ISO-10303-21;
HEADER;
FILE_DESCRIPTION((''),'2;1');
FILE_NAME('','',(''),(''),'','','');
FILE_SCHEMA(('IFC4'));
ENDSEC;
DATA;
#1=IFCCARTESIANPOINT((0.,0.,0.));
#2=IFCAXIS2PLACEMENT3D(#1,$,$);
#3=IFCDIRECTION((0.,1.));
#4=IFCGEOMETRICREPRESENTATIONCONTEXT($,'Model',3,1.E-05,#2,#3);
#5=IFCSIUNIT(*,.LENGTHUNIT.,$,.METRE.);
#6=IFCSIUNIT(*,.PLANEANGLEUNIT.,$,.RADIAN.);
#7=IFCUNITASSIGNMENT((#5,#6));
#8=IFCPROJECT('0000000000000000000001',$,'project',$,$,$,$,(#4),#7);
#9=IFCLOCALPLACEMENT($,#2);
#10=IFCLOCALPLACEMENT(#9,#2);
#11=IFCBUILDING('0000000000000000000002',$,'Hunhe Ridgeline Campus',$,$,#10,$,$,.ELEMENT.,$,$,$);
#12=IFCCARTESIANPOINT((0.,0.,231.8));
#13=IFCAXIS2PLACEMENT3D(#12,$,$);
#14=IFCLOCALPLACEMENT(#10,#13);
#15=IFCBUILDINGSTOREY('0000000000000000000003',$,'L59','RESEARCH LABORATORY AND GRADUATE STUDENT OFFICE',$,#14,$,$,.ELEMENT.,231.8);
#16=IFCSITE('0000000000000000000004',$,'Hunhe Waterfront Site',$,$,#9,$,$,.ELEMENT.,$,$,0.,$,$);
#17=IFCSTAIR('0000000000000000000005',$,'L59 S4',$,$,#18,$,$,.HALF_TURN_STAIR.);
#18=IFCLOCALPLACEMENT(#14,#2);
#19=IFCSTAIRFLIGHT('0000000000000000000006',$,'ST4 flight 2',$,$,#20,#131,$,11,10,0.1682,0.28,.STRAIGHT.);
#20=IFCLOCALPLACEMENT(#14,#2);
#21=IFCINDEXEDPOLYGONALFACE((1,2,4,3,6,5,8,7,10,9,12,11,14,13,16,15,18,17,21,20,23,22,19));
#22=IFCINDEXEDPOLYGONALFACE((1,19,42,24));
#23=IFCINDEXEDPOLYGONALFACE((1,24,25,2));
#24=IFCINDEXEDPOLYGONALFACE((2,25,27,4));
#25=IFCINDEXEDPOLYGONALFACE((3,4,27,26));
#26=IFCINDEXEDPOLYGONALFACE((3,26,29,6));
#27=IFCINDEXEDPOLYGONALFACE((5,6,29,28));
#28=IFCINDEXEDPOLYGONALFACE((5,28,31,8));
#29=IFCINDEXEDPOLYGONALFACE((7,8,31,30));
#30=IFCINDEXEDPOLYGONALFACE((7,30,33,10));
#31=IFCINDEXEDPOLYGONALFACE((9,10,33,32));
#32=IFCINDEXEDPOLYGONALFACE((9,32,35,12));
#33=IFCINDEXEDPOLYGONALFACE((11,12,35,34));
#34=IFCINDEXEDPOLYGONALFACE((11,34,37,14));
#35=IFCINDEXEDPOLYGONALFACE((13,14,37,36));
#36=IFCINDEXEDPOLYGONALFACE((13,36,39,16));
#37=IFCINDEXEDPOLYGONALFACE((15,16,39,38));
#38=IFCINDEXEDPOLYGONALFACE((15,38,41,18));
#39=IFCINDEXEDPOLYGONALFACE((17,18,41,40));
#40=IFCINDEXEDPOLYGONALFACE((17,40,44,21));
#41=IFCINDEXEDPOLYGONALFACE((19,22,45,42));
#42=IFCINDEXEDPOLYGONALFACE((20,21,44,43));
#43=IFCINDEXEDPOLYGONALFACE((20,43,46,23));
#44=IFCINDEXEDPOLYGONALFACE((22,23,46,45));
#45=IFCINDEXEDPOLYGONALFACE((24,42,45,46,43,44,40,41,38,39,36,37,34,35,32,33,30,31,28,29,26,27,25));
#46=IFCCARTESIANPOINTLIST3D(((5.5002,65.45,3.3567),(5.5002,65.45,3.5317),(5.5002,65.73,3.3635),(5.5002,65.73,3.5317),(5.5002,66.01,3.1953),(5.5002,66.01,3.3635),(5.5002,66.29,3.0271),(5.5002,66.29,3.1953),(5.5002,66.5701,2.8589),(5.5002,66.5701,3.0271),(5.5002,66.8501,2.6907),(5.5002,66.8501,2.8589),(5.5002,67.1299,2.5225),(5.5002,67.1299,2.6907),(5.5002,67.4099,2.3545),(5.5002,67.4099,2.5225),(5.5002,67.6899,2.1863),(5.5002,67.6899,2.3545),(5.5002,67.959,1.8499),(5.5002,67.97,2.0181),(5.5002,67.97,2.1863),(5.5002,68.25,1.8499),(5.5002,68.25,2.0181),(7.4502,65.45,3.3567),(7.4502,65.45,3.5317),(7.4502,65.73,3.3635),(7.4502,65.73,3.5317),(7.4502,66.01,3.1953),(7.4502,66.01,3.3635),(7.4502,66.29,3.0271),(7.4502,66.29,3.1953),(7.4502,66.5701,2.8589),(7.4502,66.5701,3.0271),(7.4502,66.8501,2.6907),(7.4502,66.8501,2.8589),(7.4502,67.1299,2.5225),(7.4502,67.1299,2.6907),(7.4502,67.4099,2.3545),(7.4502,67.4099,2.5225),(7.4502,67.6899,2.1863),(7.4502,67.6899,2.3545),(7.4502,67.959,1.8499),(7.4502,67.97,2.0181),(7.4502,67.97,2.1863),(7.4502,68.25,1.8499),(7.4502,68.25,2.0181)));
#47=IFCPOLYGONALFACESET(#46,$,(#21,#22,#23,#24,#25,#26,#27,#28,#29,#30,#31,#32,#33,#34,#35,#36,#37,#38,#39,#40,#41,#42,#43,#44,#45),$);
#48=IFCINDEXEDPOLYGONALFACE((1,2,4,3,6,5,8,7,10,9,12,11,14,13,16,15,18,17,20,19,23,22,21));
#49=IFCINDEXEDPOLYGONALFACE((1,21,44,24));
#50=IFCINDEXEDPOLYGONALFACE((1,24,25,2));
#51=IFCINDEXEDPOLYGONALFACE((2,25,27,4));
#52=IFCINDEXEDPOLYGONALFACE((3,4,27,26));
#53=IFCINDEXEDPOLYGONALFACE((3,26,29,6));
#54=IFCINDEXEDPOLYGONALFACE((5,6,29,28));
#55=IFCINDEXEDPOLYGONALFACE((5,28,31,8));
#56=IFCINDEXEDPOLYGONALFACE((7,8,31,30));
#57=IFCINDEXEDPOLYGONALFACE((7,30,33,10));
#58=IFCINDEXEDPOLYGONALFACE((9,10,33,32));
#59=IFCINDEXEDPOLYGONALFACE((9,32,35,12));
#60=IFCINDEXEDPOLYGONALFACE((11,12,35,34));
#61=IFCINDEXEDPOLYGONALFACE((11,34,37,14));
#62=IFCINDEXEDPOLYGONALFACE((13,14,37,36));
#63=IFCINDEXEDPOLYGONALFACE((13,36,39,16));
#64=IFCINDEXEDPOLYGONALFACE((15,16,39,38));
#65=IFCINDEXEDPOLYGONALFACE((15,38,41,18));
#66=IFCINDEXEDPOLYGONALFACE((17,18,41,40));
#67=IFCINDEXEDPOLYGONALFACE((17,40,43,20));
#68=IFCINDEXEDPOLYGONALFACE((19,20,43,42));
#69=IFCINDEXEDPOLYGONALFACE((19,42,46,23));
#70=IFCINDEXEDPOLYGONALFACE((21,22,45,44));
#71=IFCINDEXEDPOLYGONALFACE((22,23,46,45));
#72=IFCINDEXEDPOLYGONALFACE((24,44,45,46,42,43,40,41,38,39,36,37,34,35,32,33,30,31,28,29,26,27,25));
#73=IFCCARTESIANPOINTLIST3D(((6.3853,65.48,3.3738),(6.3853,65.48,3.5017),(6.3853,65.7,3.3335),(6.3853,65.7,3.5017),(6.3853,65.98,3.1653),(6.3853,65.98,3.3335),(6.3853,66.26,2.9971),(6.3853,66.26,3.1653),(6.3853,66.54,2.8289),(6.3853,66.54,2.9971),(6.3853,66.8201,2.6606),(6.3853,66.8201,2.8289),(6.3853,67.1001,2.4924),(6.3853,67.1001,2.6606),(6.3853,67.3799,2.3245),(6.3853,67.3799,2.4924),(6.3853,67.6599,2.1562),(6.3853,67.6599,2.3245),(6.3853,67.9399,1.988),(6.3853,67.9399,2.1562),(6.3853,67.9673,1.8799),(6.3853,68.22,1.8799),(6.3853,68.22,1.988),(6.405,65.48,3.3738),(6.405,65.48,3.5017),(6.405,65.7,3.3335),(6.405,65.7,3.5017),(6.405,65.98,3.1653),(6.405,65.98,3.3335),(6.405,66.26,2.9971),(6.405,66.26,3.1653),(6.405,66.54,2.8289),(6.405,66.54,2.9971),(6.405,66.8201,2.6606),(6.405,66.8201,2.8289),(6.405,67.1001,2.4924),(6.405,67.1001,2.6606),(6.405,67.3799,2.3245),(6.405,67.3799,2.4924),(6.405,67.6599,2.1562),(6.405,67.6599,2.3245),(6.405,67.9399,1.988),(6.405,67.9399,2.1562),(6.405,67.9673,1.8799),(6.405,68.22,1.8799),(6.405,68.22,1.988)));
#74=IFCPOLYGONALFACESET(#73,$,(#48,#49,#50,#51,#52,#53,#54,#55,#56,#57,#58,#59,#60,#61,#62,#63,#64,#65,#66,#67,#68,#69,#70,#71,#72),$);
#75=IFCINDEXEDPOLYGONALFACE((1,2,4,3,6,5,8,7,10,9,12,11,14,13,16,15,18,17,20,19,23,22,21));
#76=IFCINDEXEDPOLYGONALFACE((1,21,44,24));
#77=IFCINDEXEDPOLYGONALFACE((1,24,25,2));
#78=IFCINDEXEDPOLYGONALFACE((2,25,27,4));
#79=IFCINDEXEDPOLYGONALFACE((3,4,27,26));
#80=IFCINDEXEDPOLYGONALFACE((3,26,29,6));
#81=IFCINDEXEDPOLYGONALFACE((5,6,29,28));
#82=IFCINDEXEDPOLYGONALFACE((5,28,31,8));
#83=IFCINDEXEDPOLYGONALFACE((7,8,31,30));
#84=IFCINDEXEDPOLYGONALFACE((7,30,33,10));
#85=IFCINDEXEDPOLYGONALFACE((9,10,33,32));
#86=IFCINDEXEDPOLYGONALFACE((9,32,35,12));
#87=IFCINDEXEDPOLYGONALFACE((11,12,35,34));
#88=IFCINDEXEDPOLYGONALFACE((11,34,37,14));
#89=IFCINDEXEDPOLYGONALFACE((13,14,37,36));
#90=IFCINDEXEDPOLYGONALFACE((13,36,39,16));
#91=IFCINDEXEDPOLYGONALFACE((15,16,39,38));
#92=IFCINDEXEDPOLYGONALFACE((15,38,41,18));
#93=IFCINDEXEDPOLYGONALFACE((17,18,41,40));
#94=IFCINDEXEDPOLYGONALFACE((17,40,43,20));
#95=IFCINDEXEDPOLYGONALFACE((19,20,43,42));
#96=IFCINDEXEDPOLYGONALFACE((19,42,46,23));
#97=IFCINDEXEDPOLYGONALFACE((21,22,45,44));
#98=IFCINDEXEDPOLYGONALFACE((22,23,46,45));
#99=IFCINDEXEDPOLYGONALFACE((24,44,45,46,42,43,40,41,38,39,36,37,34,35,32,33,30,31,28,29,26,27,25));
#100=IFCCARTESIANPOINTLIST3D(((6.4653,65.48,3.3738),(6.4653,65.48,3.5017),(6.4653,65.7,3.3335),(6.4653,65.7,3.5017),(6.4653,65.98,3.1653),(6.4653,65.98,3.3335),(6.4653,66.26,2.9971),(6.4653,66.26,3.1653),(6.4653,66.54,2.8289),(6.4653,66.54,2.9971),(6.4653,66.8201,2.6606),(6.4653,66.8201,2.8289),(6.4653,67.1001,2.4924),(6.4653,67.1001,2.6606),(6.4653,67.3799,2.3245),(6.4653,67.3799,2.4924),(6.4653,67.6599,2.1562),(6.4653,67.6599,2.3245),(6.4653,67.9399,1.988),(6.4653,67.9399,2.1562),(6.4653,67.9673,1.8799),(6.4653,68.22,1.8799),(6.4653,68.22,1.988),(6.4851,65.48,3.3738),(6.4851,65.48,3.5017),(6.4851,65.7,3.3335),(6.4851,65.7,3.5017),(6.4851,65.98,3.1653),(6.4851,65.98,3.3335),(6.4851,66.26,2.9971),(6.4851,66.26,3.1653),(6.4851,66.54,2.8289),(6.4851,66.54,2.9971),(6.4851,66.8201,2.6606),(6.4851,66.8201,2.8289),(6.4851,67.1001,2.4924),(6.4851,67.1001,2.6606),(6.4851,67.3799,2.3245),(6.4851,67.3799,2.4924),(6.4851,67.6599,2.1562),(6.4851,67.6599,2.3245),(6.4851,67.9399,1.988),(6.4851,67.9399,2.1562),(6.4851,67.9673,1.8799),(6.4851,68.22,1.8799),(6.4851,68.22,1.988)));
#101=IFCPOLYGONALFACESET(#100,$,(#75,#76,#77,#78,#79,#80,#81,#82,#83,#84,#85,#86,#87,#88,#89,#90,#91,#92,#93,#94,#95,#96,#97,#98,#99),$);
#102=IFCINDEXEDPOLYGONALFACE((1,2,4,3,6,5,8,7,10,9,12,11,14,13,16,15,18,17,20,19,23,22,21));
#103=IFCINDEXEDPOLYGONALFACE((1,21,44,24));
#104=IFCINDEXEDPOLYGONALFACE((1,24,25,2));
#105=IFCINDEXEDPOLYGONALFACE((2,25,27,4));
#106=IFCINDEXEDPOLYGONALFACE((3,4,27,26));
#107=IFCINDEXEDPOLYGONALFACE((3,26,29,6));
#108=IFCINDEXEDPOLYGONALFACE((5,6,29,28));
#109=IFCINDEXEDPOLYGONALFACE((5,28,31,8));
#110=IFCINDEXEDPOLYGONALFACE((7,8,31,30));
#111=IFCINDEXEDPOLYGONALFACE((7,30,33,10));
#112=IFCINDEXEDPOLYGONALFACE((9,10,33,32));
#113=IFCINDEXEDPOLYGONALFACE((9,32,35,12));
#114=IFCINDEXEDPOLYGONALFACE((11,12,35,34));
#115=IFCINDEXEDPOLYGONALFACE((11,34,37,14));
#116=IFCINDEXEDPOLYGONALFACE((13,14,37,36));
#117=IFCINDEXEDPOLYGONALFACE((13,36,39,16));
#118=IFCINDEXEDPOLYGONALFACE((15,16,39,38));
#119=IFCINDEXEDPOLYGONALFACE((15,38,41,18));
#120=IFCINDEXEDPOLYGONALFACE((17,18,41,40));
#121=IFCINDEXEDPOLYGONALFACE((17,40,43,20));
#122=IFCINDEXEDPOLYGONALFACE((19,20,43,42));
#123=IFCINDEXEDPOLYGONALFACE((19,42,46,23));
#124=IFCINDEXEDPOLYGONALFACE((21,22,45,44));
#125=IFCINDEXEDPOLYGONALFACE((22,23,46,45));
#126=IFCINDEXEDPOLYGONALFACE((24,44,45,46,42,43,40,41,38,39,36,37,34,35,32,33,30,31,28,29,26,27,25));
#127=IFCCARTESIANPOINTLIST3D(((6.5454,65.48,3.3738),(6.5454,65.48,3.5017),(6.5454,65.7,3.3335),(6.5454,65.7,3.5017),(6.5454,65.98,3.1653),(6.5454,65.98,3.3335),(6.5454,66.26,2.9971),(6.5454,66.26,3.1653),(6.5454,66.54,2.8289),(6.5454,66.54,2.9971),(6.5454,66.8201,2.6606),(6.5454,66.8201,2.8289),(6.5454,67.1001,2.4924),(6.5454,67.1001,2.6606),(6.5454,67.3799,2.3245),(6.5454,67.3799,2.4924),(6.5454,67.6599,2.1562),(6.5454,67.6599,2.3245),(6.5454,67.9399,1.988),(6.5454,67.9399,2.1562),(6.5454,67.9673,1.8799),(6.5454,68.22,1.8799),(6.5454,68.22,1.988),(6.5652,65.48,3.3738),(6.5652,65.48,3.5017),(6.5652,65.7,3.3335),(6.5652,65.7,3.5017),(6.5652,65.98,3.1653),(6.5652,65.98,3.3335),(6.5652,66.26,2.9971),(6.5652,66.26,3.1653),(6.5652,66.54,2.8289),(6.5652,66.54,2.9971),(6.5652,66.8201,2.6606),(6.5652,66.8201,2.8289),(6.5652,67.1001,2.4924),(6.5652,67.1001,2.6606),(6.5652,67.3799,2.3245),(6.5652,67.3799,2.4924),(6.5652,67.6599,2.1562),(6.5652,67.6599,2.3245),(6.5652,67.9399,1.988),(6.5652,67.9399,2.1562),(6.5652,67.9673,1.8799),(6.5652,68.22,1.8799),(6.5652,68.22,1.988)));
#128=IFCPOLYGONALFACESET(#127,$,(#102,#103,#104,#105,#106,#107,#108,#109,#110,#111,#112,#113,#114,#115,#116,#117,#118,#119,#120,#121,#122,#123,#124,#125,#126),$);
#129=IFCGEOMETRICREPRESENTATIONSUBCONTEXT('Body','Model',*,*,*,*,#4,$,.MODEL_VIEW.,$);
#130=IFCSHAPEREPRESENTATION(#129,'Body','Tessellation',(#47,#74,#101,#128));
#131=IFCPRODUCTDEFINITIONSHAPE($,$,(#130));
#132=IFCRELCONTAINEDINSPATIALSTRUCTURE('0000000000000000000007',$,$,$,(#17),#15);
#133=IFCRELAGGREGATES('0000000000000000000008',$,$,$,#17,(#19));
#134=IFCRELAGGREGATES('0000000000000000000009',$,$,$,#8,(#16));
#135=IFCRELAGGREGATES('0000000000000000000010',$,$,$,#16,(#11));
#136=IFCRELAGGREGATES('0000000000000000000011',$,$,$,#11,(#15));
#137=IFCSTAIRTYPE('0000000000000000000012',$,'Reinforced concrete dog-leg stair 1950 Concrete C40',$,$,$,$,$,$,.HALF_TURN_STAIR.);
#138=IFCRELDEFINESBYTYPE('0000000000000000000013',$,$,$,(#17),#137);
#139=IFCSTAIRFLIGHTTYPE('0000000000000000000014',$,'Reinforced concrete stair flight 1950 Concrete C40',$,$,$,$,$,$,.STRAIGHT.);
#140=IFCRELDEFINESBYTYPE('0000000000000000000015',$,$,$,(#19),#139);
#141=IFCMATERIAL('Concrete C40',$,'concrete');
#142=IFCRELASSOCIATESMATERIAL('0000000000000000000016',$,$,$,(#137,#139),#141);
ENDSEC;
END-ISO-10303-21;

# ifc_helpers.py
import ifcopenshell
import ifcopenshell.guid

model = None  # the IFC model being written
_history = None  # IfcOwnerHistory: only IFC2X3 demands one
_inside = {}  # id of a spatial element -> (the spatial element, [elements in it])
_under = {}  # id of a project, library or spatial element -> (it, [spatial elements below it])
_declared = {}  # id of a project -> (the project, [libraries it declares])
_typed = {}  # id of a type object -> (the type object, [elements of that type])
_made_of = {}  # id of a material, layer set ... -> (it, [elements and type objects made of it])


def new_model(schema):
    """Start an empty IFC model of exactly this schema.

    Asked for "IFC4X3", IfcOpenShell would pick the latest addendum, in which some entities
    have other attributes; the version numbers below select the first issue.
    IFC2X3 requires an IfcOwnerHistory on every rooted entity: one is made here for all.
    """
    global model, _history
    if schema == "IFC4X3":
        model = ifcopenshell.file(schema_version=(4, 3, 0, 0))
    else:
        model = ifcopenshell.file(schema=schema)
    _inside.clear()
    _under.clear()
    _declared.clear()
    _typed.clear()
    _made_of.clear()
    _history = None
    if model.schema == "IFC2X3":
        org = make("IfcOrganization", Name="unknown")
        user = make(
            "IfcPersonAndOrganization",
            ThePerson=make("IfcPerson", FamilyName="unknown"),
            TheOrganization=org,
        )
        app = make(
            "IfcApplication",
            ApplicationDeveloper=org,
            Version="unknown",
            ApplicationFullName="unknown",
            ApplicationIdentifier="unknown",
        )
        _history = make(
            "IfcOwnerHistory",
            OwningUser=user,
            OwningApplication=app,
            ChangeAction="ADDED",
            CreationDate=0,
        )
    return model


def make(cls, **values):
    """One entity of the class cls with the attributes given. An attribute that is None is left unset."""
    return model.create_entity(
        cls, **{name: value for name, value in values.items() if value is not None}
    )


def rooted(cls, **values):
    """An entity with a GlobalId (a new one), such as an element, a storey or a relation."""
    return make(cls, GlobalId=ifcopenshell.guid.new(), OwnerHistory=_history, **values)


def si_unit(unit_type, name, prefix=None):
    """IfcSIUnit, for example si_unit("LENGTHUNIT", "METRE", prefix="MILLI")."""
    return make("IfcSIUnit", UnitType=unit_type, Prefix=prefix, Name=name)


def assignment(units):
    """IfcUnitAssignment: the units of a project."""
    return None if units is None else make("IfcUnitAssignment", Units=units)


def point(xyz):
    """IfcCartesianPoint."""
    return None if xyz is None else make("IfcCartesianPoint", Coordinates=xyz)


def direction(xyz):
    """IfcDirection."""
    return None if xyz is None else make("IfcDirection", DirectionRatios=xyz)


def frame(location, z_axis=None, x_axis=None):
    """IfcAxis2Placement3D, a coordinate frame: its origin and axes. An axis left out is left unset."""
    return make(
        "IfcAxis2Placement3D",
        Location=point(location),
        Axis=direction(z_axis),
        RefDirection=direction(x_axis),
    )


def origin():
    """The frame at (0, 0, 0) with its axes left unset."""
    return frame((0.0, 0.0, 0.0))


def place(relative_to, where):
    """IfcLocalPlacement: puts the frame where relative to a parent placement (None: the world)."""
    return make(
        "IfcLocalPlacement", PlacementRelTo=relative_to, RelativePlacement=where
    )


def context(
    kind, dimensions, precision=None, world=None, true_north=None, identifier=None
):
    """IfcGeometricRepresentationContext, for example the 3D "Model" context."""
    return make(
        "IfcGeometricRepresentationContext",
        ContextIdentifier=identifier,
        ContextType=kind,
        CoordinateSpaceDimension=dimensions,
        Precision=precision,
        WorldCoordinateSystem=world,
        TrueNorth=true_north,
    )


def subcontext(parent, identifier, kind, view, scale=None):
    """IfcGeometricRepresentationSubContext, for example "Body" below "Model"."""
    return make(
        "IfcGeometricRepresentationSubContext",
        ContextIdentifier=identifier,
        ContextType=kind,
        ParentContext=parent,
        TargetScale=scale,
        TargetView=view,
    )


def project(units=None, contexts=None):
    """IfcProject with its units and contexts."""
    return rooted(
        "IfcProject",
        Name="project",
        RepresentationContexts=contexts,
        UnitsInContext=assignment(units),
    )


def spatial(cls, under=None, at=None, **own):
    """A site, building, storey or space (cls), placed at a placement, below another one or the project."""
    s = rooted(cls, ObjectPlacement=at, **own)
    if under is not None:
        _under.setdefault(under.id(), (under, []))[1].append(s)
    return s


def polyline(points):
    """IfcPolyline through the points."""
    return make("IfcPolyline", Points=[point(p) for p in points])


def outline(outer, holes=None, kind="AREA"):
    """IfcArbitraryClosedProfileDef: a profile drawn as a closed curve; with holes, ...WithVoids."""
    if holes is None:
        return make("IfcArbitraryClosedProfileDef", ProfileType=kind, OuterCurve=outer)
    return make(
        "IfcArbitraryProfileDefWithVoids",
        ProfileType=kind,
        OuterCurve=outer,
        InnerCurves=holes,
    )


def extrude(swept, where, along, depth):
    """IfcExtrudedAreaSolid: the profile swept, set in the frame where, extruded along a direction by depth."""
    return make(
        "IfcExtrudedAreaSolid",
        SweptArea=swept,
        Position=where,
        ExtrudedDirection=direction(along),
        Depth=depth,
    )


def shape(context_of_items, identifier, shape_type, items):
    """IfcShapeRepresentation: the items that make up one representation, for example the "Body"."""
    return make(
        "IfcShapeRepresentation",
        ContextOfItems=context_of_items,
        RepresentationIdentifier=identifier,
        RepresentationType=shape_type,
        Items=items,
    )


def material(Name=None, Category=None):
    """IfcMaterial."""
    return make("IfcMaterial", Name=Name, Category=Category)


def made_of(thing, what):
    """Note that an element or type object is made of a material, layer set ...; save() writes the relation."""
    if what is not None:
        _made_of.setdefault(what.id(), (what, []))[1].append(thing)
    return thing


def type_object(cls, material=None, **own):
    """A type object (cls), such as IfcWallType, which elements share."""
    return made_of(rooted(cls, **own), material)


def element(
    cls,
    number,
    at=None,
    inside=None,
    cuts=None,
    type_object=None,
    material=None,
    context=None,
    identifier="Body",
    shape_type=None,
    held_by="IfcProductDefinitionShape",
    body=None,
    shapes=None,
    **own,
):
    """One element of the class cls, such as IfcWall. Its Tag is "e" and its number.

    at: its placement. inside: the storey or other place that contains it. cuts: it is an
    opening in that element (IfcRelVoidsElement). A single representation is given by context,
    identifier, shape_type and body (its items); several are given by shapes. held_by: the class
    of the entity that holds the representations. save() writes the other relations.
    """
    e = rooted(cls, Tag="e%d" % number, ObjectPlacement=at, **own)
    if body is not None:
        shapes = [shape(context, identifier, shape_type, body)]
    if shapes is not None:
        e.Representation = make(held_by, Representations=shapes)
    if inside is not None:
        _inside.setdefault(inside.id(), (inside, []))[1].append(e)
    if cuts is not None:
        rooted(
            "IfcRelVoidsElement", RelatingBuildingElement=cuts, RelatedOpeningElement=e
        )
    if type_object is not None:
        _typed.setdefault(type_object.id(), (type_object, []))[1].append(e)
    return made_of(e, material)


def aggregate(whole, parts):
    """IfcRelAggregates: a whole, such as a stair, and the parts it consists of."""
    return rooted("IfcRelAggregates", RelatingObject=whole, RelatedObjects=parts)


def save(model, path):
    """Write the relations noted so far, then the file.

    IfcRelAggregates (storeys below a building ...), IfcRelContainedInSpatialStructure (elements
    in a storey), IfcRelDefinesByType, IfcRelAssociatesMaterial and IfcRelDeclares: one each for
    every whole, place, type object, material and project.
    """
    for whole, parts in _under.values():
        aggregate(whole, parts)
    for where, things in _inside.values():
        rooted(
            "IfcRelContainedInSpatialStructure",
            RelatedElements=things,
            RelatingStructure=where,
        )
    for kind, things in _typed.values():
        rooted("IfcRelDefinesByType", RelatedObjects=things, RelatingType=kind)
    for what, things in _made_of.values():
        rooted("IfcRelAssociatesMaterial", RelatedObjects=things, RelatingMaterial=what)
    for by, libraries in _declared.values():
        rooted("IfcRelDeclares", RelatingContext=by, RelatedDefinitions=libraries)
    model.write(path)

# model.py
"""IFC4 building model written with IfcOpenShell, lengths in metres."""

from ifc_helpers import new_model, si_unit, direction, frame, origin, place, context, subcontext, project, spatial, polyline, outline, extrude, material, type_object, element, aggregate, save


model = new_model("IFC4")

# Units and contexts
model_context = context("Model", 3, precision=1e-05, world=origin(), true_north=direction((0.0, 1.0)))
body_context = subcontext(model_context, "Body", "Model", "MODEL_VIEW")
ifc_project = project(units=[si_unit("LENGTHUNIT", "METRE"), si_unit("PLANEANGLEUNIT", "RADIAN")], contexts=[model_context])

# Site, building, storey
site_placement = place(None, origin())
site = spatial("IfcSite", under=ifc_project, at=site_placement, Name="Hunhe Waterfront Site", CompositionType="ELEMENT", RefElevation=0.0)
building_placement = place(site_placement, origin())
building = spatial("IfcBuilding", under=site, at=building_placement, Name="Hunhe Ridgeline Campus", CompositionType="ELEMENT")
storey_placement = place(building_placement, frame((0.0, 0.0, 231.8)))
storey = spatial("IfcBuildingStorey", under=building, at=storey_placement, Name="L59", Description="RESEARCH LABORATORY AND GRADUATE STUDENT OFFICE", CompositionType="ELEMENT", Elevation=231.8)

# Shared definitions
ifc_material_1 = material(Name="Concrete C40", Category="concrete")
stair_type = type_object("IfcStairType", Name="Reinforced concrete dog-leg stair 1950 Concrete C40", PredefinedType="HALF_TURN_STAIR", material=ifc_material_1)
stair_flight_type = type_object("IfcStairFlightType", Name="Reinforced concrete stair flight 1950 Concrete C40", PredefinedType="STRAIGHT", material=ifc_material_1)

# Stair, stair flight
stair_1_placement = place(storey_placement, origin())
stair_1 = element("IfcStair", 1, at=stair_1_placement, inside=storey, type_object=stair_type, Name="L59 S4", PredefinedType="HALF_TURN_STAIR")
stair_flight_1_placement = place(storey_placement, frame((6.4751, 68.25, 1.8499), z_axis=(0.0, 0.0, 1.0), x_axis=(0.0, -1.0, 0.0)))
stair_flight_1 = element("IfcStairFlight", 2, at=stair_flight_1_placement, type_object=stair_flight_type, Name="ST4 flight 2", NumberOfRisers=11, NumberOfTreads=10, PredefinedType="STRAIGHT", RiserHeight=0.1682, TreadLength=0.28, context=body_context, shape_type="SweptSolid", body=[
    extrude(outline(polyline([(0.0, 0.0), (0.0, 0.1682), (0.28, 0.1682), (0.28, 0.3364), (0.5601, 0.3364), (0.5601, 0.5046), (0.8401, 0.5046), (0.8401, 0.6726), (1.1201, 0.6726), (1.1201, 0.8408), (1.3999, 0.8408), (1.3999, 1.009), (1.6799, 1.009), (1.6799, 1.1772), (1.96, 1.1772), (1.96, 1.3455), (2.24, 1.3455), (2.24, 1.5137), (2.52, 1.5137), (2.52, 1.6819), (2.8, 1.6819), (2.8, 1.8501), (2.8, 1.5068), (0.291, 0.0), (0.0, 0.0)])), frame((0.0, 0.9751, 0.0), z_axis=(0.0, -1.0, 0.0), x_axis=(1.0, 0.0, 0.0)), (0.0, 0.0, 1.0), 1.95),
    extrude(outline(polyline([(0.03, 0.03), (0.03, 0.1382), (0.3101, 0.1382), (0.3101, 0.3064), (0.5901, 0.3064), (0.5901, 0.4746), (0.8701, 0.4746), (0.8701, 0.6426), (1.1499, 0.6426), (1.1499, 0.8108), (1.4299, 0.8108), (1.4299, 0.979), (1.71, 0.979), (1.71, 1.1472), (1.99, 1.1472), (1.99, 1.3154), (2.27, 1.3154), (2.27, 1.4836), (2.55, 1.4836), (2.55, 1.6519), (2.77, 1.6519), (2.77, 1.5239), (0.2827, 0.03), (0.03, 0.03)])), frame((0.0, -0.0701, 0.0), z_axis=(0.0, -1.0, 0.0), x_axis=(1.0, 0.0, 0.0)), (0.0, 0.0, 1.0), 0.0198),
    extrude(outline(polyline([(0.03, 0.03), (0.03, 0.1382), (0.3101, 0.1382), (0.3101, 0.3064), (0.5901, 0.3064), (0.5901, 0.4746), (0.8701, 0.4746), (0.8701, 0.6426), (1.1499, 0.6426), (1.1499, 0.8108), (1.4299, 0.8108), (1.4299, 0.979), (1.71, 0.979), (1.71, 1.1472), (1.99, 1.1472), (1.99, 1.3154), (2.27, 1.3154), (2.27, 1.4836), (2.55, 1.4836), (2.55, 1.6519), (2.77, 1.6519), (2.77, 1.5239), (0.2827, 0.03), (0.03, 0.03)])), frame((0.0, 0.01, 0.0), z_axis=(0.0, -1.0, 0.0), x_axis=(1.0, 0.0, 0.0)), (0.0, 0.0, 1.0), 0.0198),
    extrude(outline(polyline([(0.03, 0.03), (0.03, 0.1382), (0.3101, 0.1382), (0.3101, 0.3064), (0.5901, 0.3064), (0.5901, 0.4746), (0.8701, 0.4746), (0.8701, 0.6426), (1.1499, 0.6426), (1.1499, 0.8108), (1.4299, 0.8108), (1.4299, 0.979), (1.71, 0.979), (1.71, 1.1472), (1.99, 1.1472), (1.99, 1.3154), (2.27, 1.3154), (2.27, 1.4836), (2.55, 1.4836), (2.55, 1.6519), (2.77, 1.6519), (2.77, 1.5239), (0.2827, 0.03), (0.03, 0.03)])), frame((0.0, 0.0901, 0.0), z_axis=(0.0, -1.0, 0.0), x_axis=(1.0, 0.0, 0.0)), (0.0, 0.0, 1.0), 0.0198),
])
aggregate(stair_1, [stair_flight_1])

save(model, "model.ifc")
